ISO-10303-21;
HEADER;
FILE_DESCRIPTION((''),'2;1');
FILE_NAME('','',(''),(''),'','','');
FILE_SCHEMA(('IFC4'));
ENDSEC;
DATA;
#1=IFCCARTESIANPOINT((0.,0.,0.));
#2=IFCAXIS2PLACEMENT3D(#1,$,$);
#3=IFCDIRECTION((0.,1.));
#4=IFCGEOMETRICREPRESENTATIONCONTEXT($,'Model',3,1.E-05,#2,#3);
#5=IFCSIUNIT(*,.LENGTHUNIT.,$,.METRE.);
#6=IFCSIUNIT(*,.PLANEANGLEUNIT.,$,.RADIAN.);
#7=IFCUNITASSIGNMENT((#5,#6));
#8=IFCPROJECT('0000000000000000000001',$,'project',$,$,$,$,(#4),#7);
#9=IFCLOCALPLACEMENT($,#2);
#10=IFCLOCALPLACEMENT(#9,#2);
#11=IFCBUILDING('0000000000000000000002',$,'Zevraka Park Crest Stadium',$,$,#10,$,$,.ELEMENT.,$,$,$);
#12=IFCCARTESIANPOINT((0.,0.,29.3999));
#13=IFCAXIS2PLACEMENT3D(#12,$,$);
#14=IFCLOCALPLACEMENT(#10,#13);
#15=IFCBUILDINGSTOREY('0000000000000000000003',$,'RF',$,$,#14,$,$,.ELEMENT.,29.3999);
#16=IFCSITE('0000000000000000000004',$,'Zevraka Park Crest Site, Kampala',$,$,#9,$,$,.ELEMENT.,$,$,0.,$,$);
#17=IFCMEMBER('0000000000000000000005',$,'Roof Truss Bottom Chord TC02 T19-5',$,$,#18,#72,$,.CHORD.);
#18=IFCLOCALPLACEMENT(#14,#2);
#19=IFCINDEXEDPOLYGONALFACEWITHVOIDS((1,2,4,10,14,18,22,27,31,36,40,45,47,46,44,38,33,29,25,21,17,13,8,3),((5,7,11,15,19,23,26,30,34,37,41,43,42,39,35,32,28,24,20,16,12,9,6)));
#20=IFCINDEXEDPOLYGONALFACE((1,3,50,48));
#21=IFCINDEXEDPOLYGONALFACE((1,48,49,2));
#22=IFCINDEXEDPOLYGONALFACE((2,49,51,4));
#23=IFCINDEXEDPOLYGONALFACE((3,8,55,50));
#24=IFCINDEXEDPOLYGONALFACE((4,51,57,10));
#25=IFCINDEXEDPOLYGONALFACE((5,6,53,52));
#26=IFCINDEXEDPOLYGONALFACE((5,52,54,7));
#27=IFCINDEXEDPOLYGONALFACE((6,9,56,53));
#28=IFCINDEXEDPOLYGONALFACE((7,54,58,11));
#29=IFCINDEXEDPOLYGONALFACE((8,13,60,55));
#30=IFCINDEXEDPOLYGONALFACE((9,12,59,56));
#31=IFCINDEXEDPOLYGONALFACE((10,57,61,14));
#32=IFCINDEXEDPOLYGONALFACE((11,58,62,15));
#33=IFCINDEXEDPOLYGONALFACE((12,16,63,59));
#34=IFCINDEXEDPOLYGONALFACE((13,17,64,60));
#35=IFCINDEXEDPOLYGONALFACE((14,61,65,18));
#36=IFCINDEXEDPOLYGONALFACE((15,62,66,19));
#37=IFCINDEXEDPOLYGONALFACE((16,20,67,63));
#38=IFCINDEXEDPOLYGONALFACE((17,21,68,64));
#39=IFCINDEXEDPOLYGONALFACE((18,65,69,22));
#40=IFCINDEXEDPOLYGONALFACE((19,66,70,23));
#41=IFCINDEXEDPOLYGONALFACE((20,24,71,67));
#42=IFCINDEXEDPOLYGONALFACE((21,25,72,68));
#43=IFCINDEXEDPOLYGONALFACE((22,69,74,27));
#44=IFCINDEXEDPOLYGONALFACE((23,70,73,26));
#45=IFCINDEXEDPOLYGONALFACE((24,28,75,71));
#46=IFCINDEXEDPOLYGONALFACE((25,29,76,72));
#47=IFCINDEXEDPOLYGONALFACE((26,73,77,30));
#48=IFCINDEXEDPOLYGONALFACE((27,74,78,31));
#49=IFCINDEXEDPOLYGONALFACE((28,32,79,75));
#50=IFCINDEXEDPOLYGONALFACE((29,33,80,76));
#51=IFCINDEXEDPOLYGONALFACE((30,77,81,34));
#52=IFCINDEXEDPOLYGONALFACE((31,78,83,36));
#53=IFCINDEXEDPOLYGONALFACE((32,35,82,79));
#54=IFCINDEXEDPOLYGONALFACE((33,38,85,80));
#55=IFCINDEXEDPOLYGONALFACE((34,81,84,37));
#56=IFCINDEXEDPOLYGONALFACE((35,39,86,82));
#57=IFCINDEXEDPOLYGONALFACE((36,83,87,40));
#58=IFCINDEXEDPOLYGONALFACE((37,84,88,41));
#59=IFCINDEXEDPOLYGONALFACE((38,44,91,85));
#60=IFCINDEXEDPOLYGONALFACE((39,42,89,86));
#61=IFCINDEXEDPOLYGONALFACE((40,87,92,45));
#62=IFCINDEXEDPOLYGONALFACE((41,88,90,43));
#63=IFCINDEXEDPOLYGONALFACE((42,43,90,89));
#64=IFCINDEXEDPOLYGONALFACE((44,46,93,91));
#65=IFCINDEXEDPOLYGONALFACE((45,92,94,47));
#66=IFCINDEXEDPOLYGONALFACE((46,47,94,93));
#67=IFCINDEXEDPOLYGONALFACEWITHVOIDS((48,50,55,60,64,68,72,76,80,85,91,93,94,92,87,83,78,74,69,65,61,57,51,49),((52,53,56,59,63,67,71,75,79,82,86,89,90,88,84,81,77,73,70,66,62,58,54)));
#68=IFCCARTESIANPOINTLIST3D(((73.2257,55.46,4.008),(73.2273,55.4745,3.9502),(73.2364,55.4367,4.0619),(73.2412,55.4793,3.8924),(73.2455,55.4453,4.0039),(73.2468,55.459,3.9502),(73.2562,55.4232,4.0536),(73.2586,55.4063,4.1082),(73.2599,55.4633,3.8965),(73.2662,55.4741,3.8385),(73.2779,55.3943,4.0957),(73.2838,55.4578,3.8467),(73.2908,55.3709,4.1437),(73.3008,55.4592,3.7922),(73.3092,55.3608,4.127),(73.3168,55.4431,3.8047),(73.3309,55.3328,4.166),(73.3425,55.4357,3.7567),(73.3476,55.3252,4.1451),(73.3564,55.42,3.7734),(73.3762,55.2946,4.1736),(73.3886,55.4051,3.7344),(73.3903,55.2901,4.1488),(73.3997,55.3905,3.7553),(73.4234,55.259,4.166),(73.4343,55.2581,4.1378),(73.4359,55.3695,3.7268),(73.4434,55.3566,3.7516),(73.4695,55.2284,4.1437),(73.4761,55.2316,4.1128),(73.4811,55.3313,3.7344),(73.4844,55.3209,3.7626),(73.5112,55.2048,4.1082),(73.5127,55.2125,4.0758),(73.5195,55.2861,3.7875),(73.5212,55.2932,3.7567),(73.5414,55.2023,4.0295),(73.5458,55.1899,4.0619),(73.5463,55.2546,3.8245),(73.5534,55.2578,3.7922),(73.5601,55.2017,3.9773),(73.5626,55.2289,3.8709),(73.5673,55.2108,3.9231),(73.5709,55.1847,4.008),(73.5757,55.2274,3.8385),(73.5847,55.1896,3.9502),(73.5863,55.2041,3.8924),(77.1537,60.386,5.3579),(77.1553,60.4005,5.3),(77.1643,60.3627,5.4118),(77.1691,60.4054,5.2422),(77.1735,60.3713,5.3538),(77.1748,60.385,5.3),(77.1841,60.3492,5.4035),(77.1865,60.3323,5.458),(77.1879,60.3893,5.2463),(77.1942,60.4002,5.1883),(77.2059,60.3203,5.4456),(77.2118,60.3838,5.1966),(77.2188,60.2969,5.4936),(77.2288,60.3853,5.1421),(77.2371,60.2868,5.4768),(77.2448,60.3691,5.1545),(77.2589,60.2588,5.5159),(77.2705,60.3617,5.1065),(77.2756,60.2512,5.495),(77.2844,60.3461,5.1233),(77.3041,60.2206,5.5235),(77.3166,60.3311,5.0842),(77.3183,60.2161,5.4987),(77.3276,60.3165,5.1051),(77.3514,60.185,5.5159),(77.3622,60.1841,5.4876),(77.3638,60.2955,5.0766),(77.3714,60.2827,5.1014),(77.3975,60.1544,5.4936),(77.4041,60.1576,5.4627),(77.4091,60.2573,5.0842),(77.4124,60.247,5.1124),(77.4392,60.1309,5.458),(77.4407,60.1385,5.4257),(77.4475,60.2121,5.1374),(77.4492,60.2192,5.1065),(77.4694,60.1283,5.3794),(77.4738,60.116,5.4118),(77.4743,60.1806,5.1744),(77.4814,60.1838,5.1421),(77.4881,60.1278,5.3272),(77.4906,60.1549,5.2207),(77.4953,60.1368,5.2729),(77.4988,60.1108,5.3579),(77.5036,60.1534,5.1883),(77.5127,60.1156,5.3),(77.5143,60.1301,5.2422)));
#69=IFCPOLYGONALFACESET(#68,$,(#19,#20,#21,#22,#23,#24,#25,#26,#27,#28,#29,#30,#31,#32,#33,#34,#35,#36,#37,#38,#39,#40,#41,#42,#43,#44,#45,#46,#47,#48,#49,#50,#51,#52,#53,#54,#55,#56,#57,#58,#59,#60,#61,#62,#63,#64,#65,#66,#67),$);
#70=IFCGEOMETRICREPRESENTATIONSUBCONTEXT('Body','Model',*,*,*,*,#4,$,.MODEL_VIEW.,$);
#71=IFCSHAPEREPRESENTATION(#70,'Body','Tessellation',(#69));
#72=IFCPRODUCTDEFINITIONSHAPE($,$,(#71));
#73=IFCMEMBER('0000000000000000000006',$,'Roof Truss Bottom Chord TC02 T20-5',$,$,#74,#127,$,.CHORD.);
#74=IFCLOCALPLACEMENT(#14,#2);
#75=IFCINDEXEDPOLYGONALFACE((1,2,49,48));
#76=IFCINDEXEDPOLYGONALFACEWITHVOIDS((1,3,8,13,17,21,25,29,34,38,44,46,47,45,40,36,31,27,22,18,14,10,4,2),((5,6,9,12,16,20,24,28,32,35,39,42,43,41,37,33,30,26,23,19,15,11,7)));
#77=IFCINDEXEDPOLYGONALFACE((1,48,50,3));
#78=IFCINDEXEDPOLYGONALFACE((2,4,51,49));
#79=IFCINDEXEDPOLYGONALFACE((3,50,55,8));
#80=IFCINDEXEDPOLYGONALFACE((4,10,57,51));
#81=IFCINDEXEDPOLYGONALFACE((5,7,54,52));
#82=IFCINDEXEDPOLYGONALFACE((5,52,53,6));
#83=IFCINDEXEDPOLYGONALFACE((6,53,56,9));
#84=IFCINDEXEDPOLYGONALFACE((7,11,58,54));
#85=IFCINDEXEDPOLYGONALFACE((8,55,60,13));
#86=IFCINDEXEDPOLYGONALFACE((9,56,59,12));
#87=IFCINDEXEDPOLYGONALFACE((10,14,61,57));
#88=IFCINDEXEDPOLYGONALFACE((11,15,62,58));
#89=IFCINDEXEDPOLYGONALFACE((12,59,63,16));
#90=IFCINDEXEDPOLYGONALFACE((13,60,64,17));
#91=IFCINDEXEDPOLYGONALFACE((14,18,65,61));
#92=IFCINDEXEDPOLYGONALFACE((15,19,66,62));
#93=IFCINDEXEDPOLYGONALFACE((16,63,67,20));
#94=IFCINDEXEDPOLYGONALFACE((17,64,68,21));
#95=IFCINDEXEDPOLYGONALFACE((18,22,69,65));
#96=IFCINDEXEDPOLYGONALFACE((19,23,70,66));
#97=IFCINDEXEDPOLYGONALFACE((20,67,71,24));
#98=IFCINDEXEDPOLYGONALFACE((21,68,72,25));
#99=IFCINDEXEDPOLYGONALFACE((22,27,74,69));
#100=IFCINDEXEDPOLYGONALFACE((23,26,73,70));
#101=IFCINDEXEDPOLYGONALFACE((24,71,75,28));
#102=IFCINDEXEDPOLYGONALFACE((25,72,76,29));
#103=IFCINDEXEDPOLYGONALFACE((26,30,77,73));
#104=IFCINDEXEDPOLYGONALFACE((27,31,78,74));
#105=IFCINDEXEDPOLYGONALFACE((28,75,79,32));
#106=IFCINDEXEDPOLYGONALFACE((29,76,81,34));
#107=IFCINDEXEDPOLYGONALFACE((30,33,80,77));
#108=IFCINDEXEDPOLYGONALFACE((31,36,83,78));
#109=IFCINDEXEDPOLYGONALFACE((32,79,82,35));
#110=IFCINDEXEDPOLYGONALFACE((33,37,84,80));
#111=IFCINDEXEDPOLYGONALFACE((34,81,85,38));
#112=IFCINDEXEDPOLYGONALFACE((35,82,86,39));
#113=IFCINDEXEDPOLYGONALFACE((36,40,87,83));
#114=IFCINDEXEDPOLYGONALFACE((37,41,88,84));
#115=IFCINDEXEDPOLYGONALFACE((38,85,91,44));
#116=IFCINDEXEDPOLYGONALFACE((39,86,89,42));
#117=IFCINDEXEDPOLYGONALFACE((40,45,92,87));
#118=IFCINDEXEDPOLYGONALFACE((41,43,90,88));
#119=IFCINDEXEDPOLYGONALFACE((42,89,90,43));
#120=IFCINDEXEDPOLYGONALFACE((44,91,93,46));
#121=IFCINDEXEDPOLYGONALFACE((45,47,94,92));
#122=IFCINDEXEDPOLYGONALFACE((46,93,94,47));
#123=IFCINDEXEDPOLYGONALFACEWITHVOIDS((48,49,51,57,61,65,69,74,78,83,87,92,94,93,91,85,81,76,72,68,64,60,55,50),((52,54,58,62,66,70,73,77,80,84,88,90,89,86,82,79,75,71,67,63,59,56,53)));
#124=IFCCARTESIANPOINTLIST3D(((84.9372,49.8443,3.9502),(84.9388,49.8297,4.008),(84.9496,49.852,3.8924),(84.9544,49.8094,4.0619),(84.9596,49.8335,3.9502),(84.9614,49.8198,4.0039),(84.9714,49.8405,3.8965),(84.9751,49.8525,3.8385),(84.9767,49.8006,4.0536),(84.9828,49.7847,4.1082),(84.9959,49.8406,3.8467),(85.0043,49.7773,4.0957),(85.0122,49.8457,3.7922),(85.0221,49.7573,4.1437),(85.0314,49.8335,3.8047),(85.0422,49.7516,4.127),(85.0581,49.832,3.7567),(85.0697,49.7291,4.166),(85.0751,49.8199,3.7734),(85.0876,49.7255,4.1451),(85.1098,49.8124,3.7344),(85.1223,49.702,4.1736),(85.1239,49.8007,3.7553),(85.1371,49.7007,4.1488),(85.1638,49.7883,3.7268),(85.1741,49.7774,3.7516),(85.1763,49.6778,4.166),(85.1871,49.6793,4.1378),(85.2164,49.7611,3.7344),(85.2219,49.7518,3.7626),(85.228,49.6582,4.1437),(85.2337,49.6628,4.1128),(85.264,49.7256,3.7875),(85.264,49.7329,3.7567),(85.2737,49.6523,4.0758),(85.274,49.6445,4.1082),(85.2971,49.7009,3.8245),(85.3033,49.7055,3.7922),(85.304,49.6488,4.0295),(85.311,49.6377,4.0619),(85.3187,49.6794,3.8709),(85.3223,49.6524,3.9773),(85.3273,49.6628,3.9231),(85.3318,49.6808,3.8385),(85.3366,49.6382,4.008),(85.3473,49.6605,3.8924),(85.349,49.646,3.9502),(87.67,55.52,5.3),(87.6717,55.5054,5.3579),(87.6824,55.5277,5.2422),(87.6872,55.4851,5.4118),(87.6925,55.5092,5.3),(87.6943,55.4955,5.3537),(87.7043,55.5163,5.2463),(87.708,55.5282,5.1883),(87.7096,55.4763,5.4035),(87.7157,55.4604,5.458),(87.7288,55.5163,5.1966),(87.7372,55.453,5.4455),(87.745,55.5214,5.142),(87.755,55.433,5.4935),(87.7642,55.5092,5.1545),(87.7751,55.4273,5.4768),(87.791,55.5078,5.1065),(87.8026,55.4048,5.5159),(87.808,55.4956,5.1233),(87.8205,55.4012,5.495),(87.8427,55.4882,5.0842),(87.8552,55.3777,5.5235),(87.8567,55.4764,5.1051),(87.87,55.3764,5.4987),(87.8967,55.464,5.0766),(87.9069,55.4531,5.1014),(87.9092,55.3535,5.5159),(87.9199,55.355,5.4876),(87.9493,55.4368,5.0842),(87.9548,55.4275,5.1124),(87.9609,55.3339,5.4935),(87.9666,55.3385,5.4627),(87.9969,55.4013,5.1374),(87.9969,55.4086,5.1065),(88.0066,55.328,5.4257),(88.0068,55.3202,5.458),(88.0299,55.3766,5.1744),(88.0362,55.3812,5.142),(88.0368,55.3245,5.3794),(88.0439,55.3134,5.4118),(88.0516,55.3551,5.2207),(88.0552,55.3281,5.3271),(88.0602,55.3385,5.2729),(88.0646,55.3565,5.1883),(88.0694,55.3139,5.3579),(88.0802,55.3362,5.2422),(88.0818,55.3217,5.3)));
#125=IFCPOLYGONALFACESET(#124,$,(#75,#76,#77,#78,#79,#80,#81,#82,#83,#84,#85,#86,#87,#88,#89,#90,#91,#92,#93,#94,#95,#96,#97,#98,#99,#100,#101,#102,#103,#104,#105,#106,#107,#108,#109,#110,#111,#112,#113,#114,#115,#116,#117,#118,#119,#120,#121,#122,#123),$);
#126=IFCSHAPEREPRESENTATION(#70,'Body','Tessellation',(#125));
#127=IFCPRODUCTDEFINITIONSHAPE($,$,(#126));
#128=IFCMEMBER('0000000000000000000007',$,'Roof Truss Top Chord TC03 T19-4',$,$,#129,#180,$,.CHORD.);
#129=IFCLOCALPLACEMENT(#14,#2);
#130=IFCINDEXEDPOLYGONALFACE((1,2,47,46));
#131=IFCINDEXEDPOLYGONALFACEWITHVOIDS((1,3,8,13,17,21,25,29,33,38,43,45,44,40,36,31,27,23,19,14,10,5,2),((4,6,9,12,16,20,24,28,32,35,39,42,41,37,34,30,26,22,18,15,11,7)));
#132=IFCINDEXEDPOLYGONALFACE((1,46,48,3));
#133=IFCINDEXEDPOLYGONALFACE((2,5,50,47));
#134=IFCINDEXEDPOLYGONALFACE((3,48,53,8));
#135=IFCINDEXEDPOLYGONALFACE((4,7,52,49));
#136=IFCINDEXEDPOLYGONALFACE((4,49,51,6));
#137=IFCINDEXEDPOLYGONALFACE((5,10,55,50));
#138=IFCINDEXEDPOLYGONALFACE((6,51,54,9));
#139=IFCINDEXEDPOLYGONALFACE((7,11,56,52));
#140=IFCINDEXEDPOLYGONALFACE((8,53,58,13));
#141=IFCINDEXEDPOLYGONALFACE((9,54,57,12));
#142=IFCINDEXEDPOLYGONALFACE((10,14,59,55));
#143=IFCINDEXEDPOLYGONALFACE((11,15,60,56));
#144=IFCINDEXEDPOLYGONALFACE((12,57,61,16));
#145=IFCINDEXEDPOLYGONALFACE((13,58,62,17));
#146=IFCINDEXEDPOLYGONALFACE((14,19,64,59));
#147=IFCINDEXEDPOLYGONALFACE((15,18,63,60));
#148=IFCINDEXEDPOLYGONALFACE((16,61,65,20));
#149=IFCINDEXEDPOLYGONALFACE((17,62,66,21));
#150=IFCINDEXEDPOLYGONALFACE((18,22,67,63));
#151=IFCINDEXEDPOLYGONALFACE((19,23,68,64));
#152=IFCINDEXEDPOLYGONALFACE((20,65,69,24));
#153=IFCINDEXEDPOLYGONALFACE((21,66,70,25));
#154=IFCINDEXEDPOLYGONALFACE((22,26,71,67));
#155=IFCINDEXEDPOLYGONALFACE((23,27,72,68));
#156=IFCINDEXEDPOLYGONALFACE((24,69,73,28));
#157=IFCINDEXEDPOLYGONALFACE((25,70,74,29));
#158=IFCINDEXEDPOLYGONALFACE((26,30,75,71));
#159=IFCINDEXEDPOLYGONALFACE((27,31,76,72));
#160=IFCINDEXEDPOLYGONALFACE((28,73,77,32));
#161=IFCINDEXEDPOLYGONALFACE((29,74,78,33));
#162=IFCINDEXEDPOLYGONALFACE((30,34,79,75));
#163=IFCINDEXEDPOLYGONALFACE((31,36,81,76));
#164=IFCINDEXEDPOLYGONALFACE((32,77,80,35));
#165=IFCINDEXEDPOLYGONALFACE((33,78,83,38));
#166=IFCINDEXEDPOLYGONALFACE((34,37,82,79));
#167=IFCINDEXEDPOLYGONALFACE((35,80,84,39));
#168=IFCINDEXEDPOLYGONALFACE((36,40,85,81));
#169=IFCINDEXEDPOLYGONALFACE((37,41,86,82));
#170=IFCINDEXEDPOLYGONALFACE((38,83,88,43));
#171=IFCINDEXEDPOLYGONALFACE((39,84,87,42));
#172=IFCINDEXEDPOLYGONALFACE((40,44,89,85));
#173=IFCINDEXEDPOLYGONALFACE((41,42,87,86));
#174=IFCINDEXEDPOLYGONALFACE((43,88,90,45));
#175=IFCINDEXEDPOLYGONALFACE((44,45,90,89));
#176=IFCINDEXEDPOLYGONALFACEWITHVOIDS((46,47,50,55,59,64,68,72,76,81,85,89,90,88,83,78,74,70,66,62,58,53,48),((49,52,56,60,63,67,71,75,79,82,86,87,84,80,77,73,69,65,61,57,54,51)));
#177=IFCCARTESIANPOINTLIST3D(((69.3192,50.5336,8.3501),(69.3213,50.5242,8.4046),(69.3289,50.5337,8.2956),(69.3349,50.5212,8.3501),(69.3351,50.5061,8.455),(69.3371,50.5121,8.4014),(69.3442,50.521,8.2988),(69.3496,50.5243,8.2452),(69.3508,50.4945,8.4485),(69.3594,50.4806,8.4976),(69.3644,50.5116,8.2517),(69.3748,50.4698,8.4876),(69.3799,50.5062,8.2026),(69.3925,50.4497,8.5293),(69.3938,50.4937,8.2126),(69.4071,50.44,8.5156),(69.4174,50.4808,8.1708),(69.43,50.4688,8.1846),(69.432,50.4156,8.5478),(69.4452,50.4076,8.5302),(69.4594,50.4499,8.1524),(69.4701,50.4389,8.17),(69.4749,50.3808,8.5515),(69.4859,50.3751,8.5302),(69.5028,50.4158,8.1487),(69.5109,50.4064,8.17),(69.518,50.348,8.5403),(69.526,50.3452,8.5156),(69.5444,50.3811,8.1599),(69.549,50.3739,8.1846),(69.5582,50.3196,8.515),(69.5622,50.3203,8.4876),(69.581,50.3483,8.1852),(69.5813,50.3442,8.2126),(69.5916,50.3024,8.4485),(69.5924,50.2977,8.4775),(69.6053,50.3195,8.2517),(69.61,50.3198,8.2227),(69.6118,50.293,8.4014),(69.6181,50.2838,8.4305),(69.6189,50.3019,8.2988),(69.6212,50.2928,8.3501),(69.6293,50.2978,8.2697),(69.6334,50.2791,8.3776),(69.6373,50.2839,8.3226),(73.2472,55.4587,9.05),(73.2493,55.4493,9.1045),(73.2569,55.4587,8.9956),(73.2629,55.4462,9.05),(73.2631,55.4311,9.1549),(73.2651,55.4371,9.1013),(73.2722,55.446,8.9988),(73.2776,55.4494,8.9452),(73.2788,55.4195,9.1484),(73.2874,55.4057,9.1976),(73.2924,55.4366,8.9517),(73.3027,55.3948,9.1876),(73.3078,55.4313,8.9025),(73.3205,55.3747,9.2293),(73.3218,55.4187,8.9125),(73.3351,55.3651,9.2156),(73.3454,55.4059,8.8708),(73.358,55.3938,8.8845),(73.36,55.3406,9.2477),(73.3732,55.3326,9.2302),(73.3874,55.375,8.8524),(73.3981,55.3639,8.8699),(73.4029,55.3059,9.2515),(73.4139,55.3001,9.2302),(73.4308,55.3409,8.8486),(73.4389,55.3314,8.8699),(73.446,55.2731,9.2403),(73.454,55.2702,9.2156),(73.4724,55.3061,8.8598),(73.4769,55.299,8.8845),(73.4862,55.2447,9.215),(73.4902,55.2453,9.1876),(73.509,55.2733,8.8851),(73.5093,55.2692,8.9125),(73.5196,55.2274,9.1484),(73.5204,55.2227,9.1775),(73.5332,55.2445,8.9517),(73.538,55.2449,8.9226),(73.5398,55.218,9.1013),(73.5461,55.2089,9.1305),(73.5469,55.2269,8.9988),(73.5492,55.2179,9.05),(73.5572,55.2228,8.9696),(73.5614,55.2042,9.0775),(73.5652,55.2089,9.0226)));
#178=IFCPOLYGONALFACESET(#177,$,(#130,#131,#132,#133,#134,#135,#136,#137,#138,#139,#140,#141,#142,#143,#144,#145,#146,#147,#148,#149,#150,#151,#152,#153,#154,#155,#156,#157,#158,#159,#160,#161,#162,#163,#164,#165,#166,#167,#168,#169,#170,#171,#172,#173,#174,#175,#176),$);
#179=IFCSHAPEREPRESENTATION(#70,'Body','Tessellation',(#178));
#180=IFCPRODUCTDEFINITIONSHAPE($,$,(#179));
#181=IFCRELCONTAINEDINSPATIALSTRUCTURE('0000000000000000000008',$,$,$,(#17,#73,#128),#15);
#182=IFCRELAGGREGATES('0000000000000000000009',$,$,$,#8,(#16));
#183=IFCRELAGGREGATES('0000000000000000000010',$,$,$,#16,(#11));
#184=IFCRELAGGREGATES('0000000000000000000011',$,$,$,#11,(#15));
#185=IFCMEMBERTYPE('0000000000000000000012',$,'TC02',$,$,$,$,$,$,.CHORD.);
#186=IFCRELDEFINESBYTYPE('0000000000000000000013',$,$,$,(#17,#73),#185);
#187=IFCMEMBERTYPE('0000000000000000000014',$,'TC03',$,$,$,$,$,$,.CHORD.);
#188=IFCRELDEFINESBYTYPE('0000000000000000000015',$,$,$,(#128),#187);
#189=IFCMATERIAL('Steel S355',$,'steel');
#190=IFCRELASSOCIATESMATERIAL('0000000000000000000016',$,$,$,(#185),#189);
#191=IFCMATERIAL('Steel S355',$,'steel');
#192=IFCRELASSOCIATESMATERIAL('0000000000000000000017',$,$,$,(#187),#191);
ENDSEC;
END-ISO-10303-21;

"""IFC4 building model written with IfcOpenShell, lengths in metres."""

from ifc_helpers import new_model, si_unit, direction, frame, origin, origin_2d, place, context, subcontext, project, spatial, hollow_circle, extrude, material, material_profile, profile_set, type_object, element, save


model = new_model("IFC4")

# Units and contexts
model_context = context("Model", 3, precision=1e-05, world=origin(), true_north=direction((0.0, 1.0)))
body_context = subcontext(model_context, "Body", "Model", "MODEL_VIEW")
ifc_project = project(units=[si_unit("LENGTHUNIT", "METRE"), si_unit("PLANEANGLEUNIT", "RADIAN")], contexts=[model_context])

# Site, building, storey
site_placement = place(None, origin())
site = spatial("IfcSite", under=ifc_project, at=site_placement, Name="Zevraka Park Crest Site, Kampala", CompositionType="ELEMENT", RefElevation=0.0)
building_placement = place(site_placement, origin())
building = spatial("IfcBuilding", under=site, at=building_placement, Name="Zevraka Park Crest Stadium", CompositionType="ELEMENT")
storey_placement = place(building_placement, frame((0.0, 0.0, 29.3999)))
storey = spatial("IfcBuildingStorey", under=building, at=storey_placement, Name="RF", CompositionType="ELEMENT", Elevation=29.3999)

# Members
ifc_material_1 = material(Name="Steel S355", Category="steel")
ifc_material_profile_1 = material_profile(ifc_material_1, hollow_circle(Radius=0.2285, WallThickness=0.0249, at=origin_2d()), Name="CHS 457.0x25")
ifc_profile_set_1 = profile_set([ifc_material_profile_1], Name="Steel S355")
member_type_1 = type_object("IfcMemberType", Name="TC02", PredefinedType="CHORD", material=ifc_profile_set_1)
member_1_placement = place(storey_placement, frame((73.406, 55.332, 3.9502), z_axis=(0.609617, 0.764512, 0.209495), x_axis=(-0.781862, 0.623451, 0.0)))
element("IfcMember", 1, at=member_1_placement, inside=storey, type_object=member_type_1, Name="Roof Truss Bottom Chord TC02 T19-5", PredefinedType="CHORD", context=body_context, shape_type="SweptSolid", body=[
    extrude(hollow_circle(Radius=0.2285, WallThickness=0.0249, at=origin_2d()), origin(), (0.0, 0.0, 1.0), 6.4434),
])
member_2_placement = place(storey_placement, frame((85.1431, 49.7451, 3.9502), z_axis=(0.424202, 0.880995, 0.209524), x_axis=(-0.900994, 0.433832, 0.0)))
element("IfcMember", 2, at=member_2_placement, inside=storey, type_object=member_type_1, Name="Roof Truss Bottom Chord TC02 T20-5", PredefinedType="CHORD", context=body_context, shape_type="SweptSolid", body=[
    extrude(hollow_circle(Radius=0.2285, WallThickness=0.0249, at=origin_2d()), origin(), (0.0, 0.0, 1.0), 6.4424),
])
ifc_material_2 = material(Name="Steel S355", Category="steel")
ifc_material_profile_2 = material_profile(ifc_material_2, hollow_circle(Radius=0.2031, WallThickness=0.02, at=origin_2d()), Name="CHS 406.4x20")
ifc_profile_set_2 = profile_set([ifc_material_profile_2], Name="Steel S355")
member_type_2 = type_object("IfcMemberType", Name="TC03", PredefinedType="CHORD", material=ifc_profile_set_2)
member_3_placement = place(storey_placement, frame((69.478, 50.407, 8.3501), z_axis=(0.619713, 0.77702, 0.110431), x_axis=(-0.781802, 0.623527, 0.0)))
element("IfcMember", 3, at=member_3_placement, inside=storey, type_object=member_type_2, Name="Roof Truss Top Chord TC03 T19-4", PredefinedType="CHORD", context=body_context, shape_type="SweptSolid", body=[
    extrude(hollow_circle(Radius=0.2031, WallThickness=0.02, at=origin_2d()), origin(), (0.0, 0.0, 1.0), 6.3384),
])

save(model, "model.ifc")
